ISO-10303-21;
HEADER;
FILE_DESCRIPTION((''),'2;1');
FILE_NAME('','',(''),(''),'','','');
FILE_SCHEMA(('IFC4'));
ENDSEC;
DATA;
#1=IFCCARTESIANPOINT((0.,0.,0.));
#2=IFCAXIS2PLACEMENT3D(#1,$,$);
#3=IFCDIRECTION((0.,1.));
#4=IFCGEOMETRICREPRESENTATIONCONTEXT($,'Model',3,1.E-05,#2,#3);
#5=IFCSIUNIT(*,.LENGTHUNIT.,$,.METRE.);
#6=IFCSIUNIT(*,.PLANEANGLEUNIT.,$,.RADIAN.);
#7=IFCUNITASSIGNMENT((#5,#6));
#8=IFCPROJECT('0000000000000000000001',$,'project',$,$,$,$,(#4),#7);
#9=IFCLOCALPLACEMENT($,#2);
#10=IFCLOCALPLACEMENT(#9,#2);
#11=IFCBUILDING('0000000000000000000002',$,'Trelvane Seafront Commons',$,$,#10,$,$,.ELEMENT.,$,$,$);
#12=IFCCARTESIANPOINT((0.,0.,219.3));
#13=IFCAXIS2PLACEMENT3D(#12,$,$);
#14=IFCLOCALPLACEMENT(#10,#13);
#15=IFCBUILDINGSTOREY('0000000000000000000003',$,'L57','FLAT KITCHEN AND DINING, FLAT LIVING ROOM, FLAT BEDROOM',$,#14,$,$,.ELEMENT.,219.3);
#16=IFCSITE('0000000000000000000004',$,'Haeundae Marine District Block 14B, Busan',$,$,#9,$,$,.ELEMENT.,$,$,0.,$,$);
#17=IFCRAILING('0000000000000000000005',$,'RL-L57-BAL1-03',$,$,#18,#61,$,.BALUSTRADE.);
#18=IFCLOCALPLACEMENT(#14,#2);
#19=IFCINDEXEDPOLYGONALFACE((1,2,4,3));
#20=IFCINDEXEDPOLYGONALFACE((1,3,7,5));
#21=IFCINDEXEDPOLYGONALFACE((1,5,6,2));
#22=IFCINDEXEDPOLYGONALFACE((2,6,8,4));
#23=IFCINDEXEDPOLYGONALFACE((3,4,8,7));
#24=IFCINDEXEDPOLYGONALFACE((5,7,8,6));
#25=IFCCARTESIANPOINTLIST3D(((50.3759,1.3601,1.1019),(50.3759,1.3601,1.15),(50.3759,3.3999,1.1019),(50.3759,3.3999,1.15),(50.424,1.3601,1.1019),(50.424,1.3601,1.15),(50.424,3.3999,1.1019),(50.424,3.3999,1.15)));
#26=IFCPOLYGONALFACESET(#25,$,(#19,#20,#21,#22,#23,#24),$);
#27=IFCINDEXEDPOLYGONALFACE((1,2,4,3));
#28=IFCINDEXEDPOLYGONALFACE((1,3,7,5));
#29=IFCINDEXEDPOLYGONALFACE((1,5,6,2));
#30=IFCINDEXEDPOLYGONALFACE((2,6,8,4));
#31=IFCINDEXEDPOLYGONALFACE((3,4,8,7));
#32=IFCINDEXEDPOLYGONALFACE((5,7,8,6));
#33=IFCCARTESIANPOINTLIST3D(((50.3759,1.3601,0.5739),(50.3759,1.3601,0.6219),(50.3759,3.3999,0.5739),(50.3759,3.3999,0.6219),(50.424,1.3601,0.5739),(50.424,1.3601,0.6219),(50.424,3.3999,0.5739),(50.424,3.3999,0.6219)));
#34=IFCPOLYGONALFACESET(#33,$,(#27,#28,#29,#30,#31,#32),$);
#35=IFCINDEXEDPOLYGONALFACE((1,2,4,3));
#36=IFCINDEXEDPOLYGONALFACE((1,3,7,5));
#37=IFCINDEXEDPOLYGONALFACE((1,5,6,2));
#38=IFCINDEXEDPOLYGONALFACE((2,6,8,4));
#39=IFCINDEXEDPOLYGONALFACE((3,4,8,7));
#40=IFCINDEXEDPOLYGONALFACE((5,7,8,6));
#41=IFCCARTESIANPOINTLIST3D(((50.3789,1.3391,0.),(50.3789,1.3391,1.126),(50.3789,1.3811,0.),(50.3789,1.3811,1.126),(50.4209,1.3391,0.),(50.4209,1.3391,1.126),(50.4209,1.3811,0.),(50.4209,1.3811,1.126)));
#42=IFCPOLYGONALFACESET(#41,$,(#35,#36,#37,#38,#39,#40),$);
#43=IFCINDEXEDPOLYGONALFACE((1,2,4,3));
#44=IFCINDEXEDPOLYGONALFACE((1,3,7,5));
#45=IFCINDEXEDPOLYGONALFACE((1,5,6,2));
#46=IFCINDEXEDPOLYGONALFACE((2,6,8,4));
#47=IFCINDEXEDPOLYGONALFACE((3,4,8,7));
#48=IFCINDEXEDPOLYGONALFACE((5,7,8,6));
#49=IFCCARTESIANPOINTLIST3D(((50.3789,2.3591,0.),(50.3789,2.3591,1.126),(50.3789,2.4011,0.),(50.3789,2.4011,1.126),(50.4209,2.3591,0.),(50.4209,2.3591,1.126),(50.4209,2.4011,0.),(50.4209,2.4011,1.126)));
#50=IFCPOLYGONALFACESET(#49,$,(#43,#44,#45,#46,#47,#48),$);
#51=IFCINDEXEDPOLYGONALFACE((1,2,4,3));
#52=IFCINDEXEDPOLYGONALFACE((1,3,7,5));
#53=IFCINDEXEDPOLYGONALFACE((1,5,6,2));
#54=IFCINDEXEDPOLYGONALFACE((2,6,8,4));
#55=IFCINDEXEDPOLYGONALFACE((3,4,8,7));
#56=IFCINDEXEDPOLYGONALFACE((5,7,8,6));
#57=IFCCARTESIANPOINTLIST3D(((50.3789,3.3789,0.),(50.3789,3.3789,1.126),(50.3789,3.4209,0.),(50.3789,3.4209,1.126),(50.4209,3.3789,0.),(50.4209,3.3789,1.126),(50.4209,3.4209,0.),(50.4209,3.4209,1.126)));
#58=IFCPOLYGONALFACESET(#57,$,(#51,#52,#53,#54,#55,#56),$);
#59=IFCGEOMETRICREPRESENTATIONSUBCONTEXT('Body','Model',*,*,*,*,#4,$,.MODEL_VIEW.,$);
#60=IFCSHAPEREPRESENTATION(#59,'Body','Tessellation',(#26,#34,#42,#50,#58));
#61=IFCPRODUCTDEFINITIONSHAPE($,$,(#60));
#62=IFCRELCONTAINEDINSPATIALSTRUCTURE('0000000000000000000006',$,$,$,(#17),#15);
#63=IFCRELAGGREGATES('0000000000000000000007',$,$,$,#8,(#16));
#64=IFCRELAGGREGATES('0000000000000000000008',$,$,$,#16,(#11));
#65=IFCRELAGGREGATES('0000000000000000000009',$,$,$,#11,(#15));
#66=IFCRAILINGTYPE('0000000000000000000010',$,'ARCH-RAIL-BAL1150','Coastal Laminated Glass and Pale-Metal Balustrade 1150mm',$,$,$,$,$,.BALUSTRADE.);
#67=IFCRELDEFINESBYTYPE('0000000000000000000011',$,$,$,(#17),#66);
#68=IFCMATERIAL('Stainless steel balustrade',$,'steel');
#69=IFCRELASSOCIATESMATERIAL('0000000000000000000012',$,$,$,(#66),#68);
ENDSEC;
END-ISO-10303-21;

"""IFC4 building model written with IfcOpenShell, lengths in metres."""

from ifc_helpers import new_model, si_unit, direction, frame, origin, origin_2d, place, context, subcontext, project, spatial, rectangle, extrude, material, type_object, element, save


model = new_model("IFC4")

# Units and contexts
model_context = context("Model", 3, precision=1e-05, world=origin(), true_north=direction((0.0, 1.0)))
body_context = subcontext(model_context, "Body", "Model", "MODEL_VIEW")
ifc_project = project(units=[si_unit("LENGTHUNIT", "METRE"), si_unit("PLANEANGLEUNIT", "RADIAN")], contexts=[model_context])

# Site, building, storey
site_placement = place(None, origin())
site = spatial("IfcSite", under=ifc_project, at=site_placement, Name="Haeundae Marine District Block 14B, Busan", CompositionType="ELEMENT", RefElevation=0.0)
building_placement = place(site_placement, origin())
building = spatial("IfcBuilding", under=site, at=building_placement, Name="Trelvane Seafront Commons", CompositionType="ELEMENT")
storey_placement = place(building_placement, frame((0.0, 0.0, 219.3)))
storey = spatial("IfcBuildingStorey", under=building, at=storey_placement, Name="L57", Description="FLAT KITCHEN AND DINING, FLAT LIVING ROOM, FLAT BEDROOM", CompositionType="ELEMENT", Elevation=219.3)

# Railing
ifc_material_1 = material(Name="Stainless steel balustrade", Category="steel")
railing_type = type_object("IfcRailingType", Name="ARCH-RAIL-BAL1150", Description="Coastal Laminated Glass and Pale-Metal Balustrade 1150mm", PredefinedType="BALUSTRADE", material=ifc_material_1)
railing_placement = place(storey_placement, frame((50.3999, 1.3601, 0.0)))
element("IfcRailing", 1, at=railing_placement, inside=storey, type_object=railing_type, Name="RL-L57-BAL1-03", PredefinedType="BALUSTRADE", context=body_context, shape_type="SweptSolid", body=[
    extrude(rectangle(XDim=0.0481, YDim=0.0481, at=origin_2d()), frame((0.0, 0.0, 1.126), z_axis=(0.0, 1.0, 0.0), x_axis=(-1.0, 0.0, 0.0)), (0.0, 0.0, 1.0), 2.0398),
    extrude(rectangle(XDim=0.0481, YDim=0.0481, at=origin_2d()), frame((0.0, 0.0, 0.5979), z_axis=(0.0, 1.0, 0.0), x_axis=(-1.0, 0.0, 0.0)), (0.0, 0.0, 1.0), 2.0398),
    extrude(rectangle(XDim=0.042, YDim=0.042, at=origin_2d()), origin(), (0.0, 0.0, 1.0), 1.126),
    extrude(rectangle(XDim=0.042, YDim=0.042, at=origin_2d()), frame((0.0, 1.02, 0.0)), (0.0, 0.0, 1.0), 1.126),
    extrude(rectangle(XDim=0.042, YDim=0.042, at=origin_2d()), frame((0.0, 2.0398, 0.0)), (0.0, 0.0, 1.0), 1.126),
])

save(model, "model.ifc")
